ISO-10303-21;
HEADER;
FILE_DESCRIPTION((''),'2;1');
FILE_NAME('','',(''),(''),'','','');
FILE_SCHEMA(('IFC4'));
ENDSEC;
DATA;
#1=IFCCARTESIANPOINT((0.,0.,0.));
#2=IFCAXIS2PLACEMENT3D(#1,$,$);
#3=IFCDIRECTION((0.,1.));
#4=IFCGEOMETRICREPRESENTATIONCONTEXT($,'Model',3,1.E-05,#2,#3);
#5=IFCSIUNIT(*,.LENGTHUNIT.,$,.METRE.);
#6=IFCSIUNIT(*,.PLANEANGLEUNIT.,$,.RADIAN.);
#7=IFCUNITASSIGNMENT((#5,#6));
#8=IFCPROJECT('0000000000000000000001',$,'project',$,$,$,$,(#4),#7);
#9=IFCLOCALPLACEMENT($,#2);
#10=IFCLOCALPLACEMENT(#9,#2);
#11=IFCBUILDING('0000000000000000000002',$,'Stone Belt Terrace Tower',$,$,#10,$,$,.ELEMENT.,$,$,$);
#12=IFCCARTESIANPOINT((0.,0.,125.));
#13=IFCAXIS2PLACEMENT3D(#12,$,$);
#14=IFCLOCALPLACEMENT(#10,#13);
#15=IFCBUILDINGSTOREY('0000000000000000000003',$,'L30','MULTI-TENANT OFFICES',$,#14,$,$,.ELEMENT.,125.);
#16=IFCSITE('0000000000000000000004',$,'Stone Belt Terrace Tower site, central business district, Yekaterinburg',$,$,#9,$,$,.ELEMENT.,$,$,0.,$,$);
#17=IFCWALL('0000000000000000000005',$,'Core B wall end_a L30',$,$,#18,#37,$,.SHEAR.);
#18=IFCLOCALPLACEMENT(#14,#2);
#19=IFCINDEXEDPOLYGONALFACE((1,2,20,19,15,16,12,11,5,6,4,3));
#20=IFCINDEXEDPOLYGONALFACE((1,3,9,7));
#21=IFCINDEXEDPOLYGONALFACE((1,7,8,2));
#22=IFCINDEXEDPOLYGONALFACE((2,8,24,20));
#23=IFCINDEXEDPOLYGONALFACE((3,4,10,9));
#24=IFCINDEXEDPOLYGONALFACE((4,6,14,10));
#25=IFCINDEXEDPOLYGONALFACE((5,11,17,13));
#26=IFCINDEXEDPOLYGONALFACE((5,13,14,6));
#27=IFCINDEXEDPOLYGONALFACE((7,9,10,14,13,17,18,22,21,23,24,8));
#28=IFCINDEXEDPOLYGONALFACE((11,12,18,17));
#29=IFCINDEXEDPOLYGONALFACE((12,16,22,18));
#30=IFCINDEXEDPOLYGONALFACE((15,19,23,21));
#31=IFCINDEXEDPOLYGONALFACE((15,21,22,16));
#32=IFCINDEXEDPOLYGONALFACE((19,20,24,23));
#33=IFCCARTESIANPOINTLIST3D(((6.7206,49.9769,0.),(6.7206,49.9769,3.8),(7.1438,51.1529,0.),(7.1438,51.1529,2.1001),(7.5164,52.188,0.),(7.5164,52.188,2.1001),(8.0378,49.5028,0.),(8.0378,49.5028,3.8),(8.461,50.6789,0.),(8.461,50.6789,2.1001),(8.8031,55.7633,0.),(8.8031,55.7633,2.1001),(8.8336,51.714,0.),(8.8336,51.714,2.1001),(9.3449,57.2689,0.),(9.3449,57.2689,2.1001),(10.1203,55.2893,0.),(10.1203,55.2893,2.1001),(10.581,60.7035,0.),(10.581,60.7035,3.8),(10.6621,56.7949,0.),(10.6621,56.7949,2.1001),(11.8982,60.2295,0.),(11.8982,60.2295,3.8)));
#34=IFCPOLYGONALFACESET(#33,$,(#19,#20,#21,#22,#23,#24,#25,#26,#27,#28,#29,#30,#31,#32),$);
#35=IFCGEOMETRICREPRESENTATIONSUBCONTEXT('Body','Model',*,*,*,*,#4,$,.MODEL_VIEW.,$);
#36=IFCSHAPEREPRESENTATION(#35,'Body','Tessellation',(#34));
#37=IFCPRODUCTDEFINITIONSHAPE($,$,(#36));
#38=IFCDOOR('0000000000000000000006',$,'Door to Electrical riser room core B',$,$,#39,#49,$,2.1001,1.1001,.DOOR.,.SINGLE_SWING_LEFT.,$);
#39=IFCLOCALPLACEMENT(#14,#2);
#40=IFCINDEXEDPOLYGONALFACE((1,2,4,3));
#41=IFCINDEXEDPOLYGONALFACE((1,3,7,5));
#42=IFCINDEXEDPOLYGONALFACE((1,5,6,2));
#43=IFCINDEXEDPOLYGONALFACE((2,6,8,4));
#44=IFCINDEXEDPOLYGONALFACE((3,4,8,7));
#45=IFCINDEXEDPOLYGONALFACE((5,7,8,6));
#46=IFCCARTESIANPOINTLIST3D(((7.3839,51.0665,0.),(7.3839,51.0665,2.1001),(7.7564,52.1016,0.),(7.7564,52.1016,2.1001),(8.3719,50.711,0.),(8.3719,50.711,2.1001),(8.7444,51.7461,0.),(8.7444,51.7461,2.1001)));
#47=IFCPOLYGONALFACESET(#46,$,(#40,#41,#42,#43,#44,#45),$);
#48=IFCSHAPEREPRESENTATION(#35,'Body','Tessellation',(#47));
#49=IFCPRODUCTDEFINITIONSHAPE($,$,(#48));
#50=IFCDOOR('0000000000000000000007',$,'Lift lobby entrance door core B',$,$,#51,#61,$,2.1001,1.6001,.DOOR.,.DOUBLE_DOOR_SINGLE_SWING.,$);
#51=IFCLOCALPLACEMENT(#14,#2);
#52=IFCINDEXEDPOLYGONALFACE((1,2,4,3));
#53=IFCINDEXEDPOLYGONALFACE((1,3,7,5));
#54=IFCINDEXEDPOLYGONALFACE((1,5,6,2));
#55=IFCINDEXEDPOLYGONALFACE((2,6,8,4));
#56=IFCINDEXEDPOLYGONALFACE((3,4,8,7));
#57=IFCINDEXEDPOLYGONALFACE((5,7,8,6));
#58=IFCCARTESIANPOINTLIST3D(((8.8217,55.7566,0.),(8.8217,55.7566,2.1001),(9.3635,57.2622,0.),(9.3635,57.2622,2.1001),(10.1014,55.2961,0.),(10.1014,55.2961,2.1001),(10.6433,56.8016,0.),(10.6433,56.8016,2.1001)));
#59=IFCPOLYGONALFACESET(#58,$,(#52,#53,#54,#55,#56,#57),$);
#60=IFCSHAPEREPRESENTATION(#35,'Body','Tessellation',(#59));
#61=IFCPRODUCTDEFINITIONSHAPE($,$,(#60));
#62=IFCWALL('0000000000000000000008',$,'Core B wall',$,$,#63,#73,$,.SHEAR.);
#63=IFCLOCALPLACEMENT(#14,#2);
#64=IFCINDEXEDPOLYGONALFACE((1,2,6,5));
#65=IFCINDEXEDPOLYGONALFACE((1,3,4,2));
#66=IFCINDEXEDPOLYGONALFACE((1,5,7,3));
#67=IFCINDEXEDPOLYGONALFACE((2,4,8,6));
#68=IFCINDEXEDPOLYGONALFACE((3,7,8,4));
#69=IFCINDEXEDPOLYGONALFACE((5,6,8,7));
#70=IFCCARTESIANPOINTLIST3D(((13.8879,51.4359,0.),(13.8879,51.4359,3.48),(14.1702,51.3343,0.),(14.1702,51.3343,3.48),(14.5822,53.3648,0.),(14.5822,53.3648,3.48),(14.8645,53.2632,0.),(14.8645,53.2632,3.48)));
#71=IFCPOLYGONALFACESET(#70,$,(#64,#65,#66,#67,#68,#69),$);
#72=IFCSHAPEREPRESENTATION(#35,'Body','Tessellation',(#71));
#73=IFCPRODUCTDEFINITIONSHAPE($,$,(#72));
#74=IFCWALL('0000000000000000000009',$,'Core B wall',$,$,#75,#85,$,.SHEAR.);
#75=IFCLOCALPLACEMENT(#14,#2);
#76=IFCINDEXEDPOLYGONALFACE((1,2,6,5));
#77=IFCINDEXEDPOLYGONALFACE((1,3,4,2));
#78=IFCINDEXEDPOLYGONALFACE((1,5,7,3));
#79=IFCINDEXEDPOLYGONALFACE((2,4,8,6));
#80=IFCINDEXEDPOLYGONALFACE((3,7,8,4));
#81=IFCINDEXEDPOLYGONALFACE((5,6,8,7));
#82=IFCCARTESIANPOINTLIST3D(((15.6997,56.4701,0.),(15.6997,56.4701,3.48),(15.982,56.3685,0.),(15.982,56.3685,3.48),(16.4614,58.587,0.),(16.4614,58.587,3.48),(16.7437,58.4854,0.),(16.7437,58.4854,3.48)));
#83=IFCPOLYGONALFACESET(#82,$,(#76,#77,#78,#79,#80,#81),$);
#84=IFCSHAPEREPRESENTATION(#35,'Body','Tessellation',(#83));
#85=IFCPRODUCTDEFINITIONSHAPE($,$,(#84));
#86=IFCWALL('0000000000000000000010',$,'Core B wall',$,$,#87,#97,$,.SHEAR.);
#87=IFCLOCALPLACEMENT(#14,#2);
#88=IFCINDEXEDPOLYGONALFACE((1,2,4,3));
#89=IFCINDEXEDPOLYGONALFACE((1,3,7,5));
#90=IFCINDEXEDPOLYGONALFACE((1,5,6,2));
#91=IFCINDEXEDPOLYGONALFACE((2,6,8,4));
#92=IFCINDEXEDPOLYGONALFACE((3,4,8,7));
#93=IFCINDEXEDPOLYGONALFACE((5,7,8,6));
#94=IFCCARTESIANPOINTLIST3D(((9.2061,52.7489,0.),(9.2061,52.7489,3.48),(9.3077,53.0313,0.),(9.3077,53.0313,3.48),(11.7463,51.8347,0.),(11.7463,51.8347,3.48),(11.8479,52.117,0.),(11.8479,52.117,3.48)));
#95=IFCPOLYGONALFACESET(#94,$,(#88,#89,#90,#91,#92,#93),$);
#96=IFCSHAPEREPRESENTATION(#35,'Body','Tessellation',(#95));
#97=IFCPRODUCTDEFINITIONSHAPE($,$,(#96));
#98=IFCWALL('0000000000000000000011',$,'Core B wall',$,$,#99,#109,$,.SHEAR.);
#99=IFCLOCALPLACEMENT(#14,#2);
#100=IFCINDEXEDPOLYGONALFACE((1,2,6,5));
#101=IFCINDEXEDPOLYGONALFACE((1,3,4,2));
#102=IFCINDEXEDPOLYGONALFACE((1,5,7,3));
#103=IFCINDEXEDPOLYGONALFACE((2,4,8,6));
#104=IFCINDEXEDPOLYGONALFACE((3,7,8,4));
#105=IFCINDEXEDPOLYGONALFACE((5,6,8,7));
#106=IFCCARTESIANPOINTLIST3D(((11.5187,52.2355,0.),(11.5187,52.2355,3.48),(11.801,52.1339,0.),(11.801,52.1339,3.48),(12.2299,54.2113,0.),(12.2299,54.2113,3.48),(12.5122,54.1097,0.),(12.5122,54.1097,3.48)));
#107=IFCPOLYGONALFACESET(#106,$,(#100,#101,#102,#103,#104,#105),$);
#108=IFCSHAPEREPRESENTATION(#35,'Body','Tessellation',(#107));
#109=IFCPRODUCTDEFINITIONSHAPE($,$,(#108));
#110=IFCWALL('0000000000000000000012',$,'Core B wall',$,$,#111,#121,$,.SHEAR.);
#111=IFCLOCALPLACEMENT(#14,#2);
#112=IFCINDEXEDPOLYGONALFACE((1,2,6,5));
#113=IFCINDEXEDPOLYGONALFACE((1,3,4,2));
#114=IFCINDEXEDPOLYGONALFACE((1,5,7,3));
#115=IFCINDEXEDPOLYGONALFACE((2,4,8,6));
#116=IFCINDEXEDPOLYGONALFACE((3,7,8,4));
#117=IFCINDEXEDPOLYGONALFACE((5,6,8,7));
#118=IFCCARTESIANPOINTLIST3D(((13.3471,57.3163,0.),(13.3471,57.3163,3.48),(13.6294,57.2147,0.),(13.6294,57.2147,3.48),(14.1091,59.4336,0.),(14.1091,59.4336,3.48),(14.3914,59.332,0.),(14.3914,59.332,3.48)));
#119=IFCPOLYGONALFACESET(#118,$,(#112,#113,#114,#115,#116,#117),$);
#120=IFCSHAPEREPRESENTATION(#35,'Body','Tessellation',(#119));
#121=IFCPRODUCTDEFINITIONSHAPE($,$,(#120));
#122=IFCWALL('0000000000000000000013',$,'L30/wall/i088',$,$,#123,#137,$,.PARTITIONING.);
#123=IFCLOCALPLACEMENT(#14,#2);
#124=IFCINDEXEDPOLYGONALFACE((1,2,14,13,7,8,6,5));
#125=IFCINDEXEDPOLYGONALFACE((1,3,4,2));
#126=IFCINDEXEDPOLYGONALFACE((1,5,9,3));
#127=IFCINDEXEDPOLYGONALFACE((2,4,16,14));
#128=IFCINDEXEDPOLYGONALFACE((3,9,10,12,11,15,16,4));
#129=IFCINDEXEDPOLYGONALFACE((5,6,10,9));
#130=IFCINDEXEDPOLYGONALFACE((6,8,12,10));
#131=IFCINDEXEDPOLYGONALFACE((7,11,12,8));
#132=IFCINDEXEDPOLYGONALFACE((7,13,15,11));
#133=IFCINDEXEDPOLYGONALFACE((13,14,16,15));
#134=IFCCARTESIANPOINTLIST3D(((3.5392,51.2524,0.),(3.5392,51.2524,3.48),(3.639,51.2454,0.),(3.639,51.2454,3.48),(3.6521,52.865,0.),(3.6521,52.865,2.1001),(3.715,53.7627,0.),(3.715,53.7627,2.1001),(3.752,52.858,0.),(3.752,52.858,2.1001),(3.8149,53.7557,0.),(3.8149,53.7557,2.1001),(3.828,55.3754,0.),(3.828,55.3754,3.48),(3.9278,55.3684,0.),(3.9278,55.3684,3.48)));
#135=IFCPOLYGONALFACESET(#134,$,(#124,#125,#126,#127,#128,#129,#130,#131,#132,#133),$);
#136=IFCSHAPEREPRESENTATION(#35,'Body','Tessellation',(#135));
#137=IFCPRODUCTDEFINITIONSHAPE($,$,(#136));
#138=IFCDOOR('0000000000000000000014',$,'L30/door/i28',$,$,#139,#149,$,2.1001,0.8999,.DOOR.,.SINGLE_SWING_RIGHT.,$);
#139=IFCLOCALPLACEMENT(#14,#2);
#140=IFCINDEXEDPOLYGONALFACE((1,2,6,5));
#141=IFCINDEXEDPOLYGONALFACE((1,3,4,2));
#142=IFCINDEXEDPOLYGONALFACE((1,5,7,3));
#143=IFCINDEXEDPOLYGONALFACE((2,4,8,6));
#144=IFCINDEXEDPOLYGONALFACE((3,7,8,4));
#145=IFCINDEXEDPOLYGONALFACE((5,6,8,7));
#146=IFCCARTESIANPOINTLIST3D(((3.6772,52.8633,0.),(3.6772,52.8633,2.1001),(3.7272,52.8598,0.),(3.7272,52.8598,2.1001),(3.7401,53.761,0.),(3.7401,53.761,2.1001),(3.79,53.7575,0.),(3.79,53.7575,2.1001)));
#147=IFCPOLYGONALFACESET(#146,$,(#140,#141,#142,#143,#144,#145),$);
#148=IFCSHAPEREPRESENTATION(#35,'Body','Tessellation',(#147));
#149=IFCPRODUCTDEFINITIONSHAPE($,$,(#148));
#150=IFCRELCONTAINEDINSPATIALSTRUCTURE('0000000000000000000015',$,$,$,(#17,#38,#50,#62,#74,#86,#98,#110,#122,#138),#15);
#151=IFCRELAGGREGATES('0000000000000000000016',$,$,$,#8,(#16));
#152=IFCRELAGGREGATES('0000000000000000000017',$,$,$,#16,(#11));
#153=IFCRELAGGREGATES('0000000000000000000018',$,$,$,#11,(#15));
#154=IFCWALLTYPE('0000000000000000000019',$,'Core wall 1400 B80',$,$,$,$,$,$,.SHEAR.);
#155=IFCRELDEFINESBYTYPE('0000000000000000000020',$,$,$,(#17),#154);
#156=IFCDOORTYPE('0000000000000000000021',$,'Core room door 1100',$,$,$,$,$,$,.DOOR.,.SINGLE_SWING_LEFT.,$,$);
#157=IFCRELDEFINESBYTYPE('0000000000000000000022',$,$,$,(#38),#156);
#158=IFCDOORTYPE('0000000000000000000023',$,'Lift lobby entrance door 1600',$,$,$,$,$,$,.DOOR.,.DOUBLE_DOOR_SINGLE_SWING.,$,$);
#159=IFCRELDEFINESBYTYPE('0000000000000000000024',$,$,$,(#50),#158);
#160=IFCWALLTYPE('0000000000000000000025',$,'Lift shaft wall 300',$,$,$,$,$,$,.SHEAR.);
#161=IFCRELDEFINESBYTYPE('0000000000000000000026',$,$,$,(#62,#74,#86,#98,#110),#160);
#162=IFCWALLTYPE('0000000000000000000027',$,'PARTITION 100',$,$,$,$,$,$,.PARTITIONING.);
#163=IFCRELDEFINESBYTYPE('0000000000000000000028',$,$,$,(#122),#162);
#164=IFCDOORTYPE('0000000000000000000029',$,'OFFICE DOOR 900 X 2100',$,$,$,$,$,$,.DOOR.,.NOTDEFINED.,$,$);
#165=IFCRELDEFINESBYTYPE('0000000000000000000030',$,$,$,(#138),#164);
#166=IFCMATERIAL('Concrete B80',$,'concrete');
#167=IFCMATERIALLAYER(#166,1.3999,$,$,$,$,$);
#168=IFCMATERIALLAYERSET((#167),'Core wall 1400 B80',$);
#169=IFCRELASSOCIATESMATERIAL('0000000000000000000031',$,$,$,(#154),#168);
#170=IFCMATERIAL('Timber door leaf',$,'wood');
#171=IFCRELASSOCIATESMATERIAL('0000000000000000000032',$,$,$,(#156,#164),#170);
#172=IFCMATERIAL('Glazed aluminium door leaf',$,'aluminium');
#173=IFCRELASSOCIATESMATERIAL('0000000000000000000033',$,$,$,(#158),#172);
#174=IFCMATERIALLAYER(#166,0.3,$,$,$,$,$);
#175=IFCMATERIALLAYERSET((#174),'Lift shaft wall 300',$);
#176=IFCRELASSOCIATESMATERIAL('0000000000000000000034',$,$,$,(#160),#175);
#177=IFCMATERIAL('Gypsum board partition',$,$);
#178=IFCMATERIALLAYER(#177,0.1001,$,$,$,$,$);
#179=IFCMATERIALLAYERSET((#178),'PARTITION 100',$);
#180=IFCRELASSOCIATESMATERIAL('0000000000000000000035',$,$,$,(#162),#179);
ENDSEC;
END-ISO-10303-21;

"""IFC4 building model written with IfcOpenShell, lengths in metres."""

from ifc_helpers import new_model, si_unit, direction, frame, frame_2d, origin, place, context, subcontext, project, spatial, rectangle, extrude, material, layer, layer_set, type_object, element, fill, save


model = new_model("IFC4")

# Units and contexts
model_context = context("Model", 3, precision=1e-05, world=origin(), true_north=direction((0.0, 1.0)))
body_context = subcontext(model_context, "Body", "Model", "MODEL_VIEW")
ifc_project = project(units=[si_unit("LENGTHUNIT", "METRE"), si_unit("PLANEANGLEUNIT", "RADIAN")], contexts=[model_context])

# Site, building, storey
site_placement = place(None, origin())
site = spatial("IfcSite", under=ifc_project, at=site_placement, Name="Stone Belt Terrace Tower site, central business district, Yekaterinburg", CompositionType="ELEMENT", RefElevation=0.0)
building_placement = place(site_placement, origin())
building = spatial("IfcBuilding", under=site, at=building_placement, Name="Stone Belt Terrace Tower", CompositionType="ELEMENT")
storey_placement = place(building_placement, frame((0.0, 0.0, 125.0)))
storey = spatial("IfcBuildingStorey", under=building, at=storey_placement, Name="L30", Description="MULTI-TENANT OFFICES", CompositionType="ELEMENT", Elevation=125.0)

# Shared definitions
ifc_material_1 = material(Name="Concrete B80", Category="concrete")

# Shared definitions
ifc_layer_1 = layer(ifc_material_1, 1.3999)
ifc_layer_set_1 = layer_set([ifc_layer_1], Name="Core wall 1400 B80")
wall_type_1 = type_object("IfcWallType", Name="Core wall 1400 B80", PredefinedType="SHEAR", material=ifc_layer_set_1)

# Wall, openings, doors
wall_1_placement = place(storey_placement, frame((7.3792, 49.7397, 0.0), z_axis=(0.0, 0.0, 1.0), x_axis=(0.338625, 0.940921, 0.0)))
wall_1 = element("IfcWall", 1, at=wall_1_placement, inside=storey, type_object=wall_type_1, Name="Core B wall end_a L30", PredefinedType="SHEAR", context=body_context, shape_type="SweptSolid", body=[
    extrude(rectangle(XDim=11.4001, YDim=1.3999, at=frame_2d((5.7002, 0.0))), origin(), (0.0, 0.0, 1.0), 3.8),
])
opening_1_placement = place(wall_1_placement, frame((6.1499, 0.0, 0.0)))
opening_1 = element("IfcOpeningElement", 2, at=opening_1_placement, cuts=wall_1, PredefinedType="OPENING", context=body_context, shape_type="SweptSolid", body=[
    extrude(rectangle(XDim=1.6001, YDim=2.1001, at=frame_2d((0.8, 1.05))), frame((0.0, 0.71, 0.0), z_axis=(0.0, -1.0, 0.0), x_axis=(1.0, 0.0, 0.0)), (0.0, 0.0, 1.0), 1.4199),
])
opening_2_placement = place(wall_1_placement, frame((1.25, 0.0, 0.0)))
opening_2 = element("IfcOpeningElement", 3, at=opening_2_placement, cuts=wall_1, PredefinedType="OPENING", context=body_context, shape_type="SweptSolid", body=[
    extrude(rectangle(XDim=1.1001, YDim=2.1001, at=frame_2d((0.55, 1.05))), frame((0.0, 0.71, 0.0), z_axis=(0.0, -1.0, 0.0), x_axis=(1.0, 0.0, 0.0)), (0.0, 0.0, 1.0), 1.4199),
])
ifc_material_2 = material(Name="Timber door leaf", Category="wood")
door_type_1 = type_object("IfcDoorType", Name="Core room door 1100", OperationType="SINGLE_SWING_LEFT", PredefinedType="DOOR", material=ifc_material_2)
door_1_placement = place(opening_2_placement, origin())
door_1 = element("IfcDoor", 4, at=door_1_placement, inside=storey, type_object=door_type_1, Name="Door to Electrical riser room core B", OperationType="SINGLE_SWING_LEFT", OverallHeight=2.1001, OverallWidth=1.1001, PredefinedType="DOOR", context=body_context, shape_type="SweptSolid", body=[
    extrude(rectangle(XDim=1.1001, YDim=2.1001, at=frame_2d((0.55, 1.05))), frame((0.0, 0.4448, 0.0), z_axis=(0.0, -1.0, 0.0), x_axis=(1.0, 0.0, 0.0)), (0.0, 0.0, 1.0), 1.05),
])
fill(opening_2, door_1)
ifc_material_3 = material(Name="Glazed aluminium door leaf", Category="aluminium")
door_type_2 = type_object("IfcDoorType", Name="Lift lobby entrance door 1600", OperationType="DOUBLE_DOOR_SINGLE_SWING", PredefinedType="DOOR", material=ifc_material_3)
door_2_placement = place(opening_1_placement, origin())
door_2 = element("IfcDoor", 5, at=door_2_placement, inside=storey, type_object=door_type_2, Name="Lift lobby entrance door core B", OperationType="DOUBLE_DOOR_SINGLE_SWING", OverallHeight=2.1001, OverallWidth=1.6001, PredefinedType="DOOR", context=body_context, shape_type="SweptSolid", body=[
    extrude(rectangle(XDim=1.6001, YDim=2.1001, at=frame_2d((0.8, 1.05))), frame((0.0, 0.6802, 0.0), z_axis=(0.0, -1.0, 0.0), x_axis=(1.0, 0.0, 0.0)), (0.0, 0.0, 1.0), 1.3601),
])
fill(opening_1, door_2)

# Walls
ifc_layer_2 = layer(ifc_material_1, 0.3)
ifc_layer_set_2 = layer_set([ifc_layer_2], Name="Lift shaft wall 300")
wall_type_2 = type_object("IfcWallType", Name="Lift shaft wall 300", PredefinedType="SHEAR", material=ifc_layer_set_2)
wall_2_placement = place(storey_placement, frame((14.0291, 51.3853, 0.0), z_axis=(0.0, 0.0, 1.0), x_axis=(0.338682, 0.940901, 0.0)))
element("IfcWall", 6, at=wall_2_placement, inside=storey, type_object=wall_type_2, Name="Core B wall", PredefinedType="SHEAR", context=body_context, shape_type="SweptSolid", body=[
    extrude(rectangle(XDim=2.05, YDim=0.3, at=frame_2d((1.0249, 0.0))), origin(), (0.0, 0.0, 1.0), 3.48),
])
wall_3_placement = place(storey_placement, frame((15.8408, 56.4192, 0.0), z_axis=(0.0, 0.0, 1.0), x_axis=(0.33857, 0.940941, 0.0)))
element("IfcWall", 7, at=wall_3_placement, inside=storey, type_object=wall_type_2, Name="Core B wall", PredefinedType="SHEAR", context=body_context, shape_type="SweptSolid", body=[
    extrude(rectangle(XDim=2.2498, YDim=0.3, at=frame_2d((1.125, 0.0))), origin(), (0.0, 0.0, 1.0), 3.48),
])
wall_4_placement = place(storey_placement, frame((11.7971, 51.9758, 0.0), z_axis=(0.0, 0.0, 1.0), x_axis=(-0.94091, 0.338655, 0.0)))
element("IfcWall", 8, at=wall_4_placement, inside=storey, type_object=wall_type_2, Name="Core B wall", PredefinedType="SHEAR", context=body_context, shape_type="SweptSolid", body=[
    extrude(rectangle(XDim=2.6997, YDim=0.3, at=frame_2d((1.3499, 0.0))), origin(), (0.0, 0.0, 1.0), 3.48),
])
wall_5_placement = place(storey_placement, frame((11.6599, 52.1848, 0.0), z_axis=(0.0, 0.0, 1.0), x_axis=(0.33867, 0.940905, 0.0)))
element("IfcWall", 9, at=wall_5_placement, inside=storey, type_object=wall_type_2, Name="Core B wall", PredefinedType="SHEAR", context=body_context, shape_type="SweptSolid", body=[
    extrude(rectangle(XDim=2.0999, YDim=0.3, at=frame_2d((1.0498, 0.0))), origin(), (0.0, 0.0, 1.0), 3.48),
])
wall_6_placement = place(storey_placement, frame((13.4883, 57.2656, 0.0), z_axis=(0.0, 0.0, 1.0), x_axis=(0.338631, 0.940919, 0.0)))
element("IfcWall", 10, at=wall_6_placement, inside=storey, type_object=wall_type_2, Name="Core B wall", PredefinedType="SHEAR", context=body_context, shape_type="SweptSolid", body=[
    extrude(rectangle(XDim=2.2502, YDim=0.3, at=frame_2d((1.125, 0.0))), origin(), (0.0, 0.0, 1.0), 3.48),
])

# Wall, opening, door
ifc_material_4 = material(Name="Gypsum board partition")
ifc_layer_3 = layer(ifc_material_4, 0.1001)
ifc_layer_set_3 = layer_set([ifc_layer_3], Name="PARTITION 100")
wall_type_3 = type_object("IfcWallType", Name="PARTITION 100", PredefinedType="PARTITIONING", material=ifc_layer_set_3)
wall_7_placement = place(storey_placement, frame((3.5891, 51.249, 0.0), z_axis=(0.0, 0.0, 1.0), x_axis=(0.069879, 0.997556, 0.0)))
wall_7 = element("IfcWall", 11, at=wall_7_placement, inside=storey, type_object=wall_type_3, Name="L30/wall/i088", PredefinedType="PARTITIONING", context=body_context, shape_type="SweptSolid", body=[
    extrude(rectangle(XDim=4.1331, YDim=0.1001, at=frame_2d((2.0664, 0.0))), origin(), (0.0, 0.0, 1.0), 3.48),
])
opening_3_placement = place(wall_7_placement, frame((1.6165, 0.0, 0.0)))
opening_3 = element("IfcOpeningElement", 12, at=opening_3_placement, cuts=wall_7, PredefinedType="OPENING", context=body_context, shape_type="SweptSolid", body=[
    extrude(rectangle(XDim=0.8999, YDim=2.1001, at=frame_2d((0.45, 1.05))), frame((0.0, 0.0601, 0.0), z_axis=(0.0, -1.0, 0.0), x_axis=(1.0, 0.0, 0.0)), (0.0, 0.0, 1.0), 0.1201),
])
door_type_3 = type_object("IfcDoorType", Name="OFFICE DOOR 900 X 2100", OperationType="NOTDEFINED", PredefinedType="DOOR", material=ifc_material_2)
door_3_placement = place(opening_3_placement, origin())
door_3 = element("IfcDoor", 13, at=door_3_placement, inside=storey, type_object=door_type_3, Name="L30/door/i28", OperationType="SINGLE_SWING_RIGHT", OverallHeight=2.1001, OverallWidth=0.8999, PredefinedType="DOOR", context=body_context, shape_type="SweptSolid", body=[
    extrude(rectangle(XDim=0.8999, YDim=2.1001, at=frame_2d((0.45, 1.05))), frame((0.0, 0.0249, 0.0), z_axis=(0.0, -1.0, 0.0), x_axis=(1.0, 0.0, 0.0)), (0.0, 0.0, 1.0), 0.05),
])
fill(opening_3, door_3)

save(model, "model.ifc")
